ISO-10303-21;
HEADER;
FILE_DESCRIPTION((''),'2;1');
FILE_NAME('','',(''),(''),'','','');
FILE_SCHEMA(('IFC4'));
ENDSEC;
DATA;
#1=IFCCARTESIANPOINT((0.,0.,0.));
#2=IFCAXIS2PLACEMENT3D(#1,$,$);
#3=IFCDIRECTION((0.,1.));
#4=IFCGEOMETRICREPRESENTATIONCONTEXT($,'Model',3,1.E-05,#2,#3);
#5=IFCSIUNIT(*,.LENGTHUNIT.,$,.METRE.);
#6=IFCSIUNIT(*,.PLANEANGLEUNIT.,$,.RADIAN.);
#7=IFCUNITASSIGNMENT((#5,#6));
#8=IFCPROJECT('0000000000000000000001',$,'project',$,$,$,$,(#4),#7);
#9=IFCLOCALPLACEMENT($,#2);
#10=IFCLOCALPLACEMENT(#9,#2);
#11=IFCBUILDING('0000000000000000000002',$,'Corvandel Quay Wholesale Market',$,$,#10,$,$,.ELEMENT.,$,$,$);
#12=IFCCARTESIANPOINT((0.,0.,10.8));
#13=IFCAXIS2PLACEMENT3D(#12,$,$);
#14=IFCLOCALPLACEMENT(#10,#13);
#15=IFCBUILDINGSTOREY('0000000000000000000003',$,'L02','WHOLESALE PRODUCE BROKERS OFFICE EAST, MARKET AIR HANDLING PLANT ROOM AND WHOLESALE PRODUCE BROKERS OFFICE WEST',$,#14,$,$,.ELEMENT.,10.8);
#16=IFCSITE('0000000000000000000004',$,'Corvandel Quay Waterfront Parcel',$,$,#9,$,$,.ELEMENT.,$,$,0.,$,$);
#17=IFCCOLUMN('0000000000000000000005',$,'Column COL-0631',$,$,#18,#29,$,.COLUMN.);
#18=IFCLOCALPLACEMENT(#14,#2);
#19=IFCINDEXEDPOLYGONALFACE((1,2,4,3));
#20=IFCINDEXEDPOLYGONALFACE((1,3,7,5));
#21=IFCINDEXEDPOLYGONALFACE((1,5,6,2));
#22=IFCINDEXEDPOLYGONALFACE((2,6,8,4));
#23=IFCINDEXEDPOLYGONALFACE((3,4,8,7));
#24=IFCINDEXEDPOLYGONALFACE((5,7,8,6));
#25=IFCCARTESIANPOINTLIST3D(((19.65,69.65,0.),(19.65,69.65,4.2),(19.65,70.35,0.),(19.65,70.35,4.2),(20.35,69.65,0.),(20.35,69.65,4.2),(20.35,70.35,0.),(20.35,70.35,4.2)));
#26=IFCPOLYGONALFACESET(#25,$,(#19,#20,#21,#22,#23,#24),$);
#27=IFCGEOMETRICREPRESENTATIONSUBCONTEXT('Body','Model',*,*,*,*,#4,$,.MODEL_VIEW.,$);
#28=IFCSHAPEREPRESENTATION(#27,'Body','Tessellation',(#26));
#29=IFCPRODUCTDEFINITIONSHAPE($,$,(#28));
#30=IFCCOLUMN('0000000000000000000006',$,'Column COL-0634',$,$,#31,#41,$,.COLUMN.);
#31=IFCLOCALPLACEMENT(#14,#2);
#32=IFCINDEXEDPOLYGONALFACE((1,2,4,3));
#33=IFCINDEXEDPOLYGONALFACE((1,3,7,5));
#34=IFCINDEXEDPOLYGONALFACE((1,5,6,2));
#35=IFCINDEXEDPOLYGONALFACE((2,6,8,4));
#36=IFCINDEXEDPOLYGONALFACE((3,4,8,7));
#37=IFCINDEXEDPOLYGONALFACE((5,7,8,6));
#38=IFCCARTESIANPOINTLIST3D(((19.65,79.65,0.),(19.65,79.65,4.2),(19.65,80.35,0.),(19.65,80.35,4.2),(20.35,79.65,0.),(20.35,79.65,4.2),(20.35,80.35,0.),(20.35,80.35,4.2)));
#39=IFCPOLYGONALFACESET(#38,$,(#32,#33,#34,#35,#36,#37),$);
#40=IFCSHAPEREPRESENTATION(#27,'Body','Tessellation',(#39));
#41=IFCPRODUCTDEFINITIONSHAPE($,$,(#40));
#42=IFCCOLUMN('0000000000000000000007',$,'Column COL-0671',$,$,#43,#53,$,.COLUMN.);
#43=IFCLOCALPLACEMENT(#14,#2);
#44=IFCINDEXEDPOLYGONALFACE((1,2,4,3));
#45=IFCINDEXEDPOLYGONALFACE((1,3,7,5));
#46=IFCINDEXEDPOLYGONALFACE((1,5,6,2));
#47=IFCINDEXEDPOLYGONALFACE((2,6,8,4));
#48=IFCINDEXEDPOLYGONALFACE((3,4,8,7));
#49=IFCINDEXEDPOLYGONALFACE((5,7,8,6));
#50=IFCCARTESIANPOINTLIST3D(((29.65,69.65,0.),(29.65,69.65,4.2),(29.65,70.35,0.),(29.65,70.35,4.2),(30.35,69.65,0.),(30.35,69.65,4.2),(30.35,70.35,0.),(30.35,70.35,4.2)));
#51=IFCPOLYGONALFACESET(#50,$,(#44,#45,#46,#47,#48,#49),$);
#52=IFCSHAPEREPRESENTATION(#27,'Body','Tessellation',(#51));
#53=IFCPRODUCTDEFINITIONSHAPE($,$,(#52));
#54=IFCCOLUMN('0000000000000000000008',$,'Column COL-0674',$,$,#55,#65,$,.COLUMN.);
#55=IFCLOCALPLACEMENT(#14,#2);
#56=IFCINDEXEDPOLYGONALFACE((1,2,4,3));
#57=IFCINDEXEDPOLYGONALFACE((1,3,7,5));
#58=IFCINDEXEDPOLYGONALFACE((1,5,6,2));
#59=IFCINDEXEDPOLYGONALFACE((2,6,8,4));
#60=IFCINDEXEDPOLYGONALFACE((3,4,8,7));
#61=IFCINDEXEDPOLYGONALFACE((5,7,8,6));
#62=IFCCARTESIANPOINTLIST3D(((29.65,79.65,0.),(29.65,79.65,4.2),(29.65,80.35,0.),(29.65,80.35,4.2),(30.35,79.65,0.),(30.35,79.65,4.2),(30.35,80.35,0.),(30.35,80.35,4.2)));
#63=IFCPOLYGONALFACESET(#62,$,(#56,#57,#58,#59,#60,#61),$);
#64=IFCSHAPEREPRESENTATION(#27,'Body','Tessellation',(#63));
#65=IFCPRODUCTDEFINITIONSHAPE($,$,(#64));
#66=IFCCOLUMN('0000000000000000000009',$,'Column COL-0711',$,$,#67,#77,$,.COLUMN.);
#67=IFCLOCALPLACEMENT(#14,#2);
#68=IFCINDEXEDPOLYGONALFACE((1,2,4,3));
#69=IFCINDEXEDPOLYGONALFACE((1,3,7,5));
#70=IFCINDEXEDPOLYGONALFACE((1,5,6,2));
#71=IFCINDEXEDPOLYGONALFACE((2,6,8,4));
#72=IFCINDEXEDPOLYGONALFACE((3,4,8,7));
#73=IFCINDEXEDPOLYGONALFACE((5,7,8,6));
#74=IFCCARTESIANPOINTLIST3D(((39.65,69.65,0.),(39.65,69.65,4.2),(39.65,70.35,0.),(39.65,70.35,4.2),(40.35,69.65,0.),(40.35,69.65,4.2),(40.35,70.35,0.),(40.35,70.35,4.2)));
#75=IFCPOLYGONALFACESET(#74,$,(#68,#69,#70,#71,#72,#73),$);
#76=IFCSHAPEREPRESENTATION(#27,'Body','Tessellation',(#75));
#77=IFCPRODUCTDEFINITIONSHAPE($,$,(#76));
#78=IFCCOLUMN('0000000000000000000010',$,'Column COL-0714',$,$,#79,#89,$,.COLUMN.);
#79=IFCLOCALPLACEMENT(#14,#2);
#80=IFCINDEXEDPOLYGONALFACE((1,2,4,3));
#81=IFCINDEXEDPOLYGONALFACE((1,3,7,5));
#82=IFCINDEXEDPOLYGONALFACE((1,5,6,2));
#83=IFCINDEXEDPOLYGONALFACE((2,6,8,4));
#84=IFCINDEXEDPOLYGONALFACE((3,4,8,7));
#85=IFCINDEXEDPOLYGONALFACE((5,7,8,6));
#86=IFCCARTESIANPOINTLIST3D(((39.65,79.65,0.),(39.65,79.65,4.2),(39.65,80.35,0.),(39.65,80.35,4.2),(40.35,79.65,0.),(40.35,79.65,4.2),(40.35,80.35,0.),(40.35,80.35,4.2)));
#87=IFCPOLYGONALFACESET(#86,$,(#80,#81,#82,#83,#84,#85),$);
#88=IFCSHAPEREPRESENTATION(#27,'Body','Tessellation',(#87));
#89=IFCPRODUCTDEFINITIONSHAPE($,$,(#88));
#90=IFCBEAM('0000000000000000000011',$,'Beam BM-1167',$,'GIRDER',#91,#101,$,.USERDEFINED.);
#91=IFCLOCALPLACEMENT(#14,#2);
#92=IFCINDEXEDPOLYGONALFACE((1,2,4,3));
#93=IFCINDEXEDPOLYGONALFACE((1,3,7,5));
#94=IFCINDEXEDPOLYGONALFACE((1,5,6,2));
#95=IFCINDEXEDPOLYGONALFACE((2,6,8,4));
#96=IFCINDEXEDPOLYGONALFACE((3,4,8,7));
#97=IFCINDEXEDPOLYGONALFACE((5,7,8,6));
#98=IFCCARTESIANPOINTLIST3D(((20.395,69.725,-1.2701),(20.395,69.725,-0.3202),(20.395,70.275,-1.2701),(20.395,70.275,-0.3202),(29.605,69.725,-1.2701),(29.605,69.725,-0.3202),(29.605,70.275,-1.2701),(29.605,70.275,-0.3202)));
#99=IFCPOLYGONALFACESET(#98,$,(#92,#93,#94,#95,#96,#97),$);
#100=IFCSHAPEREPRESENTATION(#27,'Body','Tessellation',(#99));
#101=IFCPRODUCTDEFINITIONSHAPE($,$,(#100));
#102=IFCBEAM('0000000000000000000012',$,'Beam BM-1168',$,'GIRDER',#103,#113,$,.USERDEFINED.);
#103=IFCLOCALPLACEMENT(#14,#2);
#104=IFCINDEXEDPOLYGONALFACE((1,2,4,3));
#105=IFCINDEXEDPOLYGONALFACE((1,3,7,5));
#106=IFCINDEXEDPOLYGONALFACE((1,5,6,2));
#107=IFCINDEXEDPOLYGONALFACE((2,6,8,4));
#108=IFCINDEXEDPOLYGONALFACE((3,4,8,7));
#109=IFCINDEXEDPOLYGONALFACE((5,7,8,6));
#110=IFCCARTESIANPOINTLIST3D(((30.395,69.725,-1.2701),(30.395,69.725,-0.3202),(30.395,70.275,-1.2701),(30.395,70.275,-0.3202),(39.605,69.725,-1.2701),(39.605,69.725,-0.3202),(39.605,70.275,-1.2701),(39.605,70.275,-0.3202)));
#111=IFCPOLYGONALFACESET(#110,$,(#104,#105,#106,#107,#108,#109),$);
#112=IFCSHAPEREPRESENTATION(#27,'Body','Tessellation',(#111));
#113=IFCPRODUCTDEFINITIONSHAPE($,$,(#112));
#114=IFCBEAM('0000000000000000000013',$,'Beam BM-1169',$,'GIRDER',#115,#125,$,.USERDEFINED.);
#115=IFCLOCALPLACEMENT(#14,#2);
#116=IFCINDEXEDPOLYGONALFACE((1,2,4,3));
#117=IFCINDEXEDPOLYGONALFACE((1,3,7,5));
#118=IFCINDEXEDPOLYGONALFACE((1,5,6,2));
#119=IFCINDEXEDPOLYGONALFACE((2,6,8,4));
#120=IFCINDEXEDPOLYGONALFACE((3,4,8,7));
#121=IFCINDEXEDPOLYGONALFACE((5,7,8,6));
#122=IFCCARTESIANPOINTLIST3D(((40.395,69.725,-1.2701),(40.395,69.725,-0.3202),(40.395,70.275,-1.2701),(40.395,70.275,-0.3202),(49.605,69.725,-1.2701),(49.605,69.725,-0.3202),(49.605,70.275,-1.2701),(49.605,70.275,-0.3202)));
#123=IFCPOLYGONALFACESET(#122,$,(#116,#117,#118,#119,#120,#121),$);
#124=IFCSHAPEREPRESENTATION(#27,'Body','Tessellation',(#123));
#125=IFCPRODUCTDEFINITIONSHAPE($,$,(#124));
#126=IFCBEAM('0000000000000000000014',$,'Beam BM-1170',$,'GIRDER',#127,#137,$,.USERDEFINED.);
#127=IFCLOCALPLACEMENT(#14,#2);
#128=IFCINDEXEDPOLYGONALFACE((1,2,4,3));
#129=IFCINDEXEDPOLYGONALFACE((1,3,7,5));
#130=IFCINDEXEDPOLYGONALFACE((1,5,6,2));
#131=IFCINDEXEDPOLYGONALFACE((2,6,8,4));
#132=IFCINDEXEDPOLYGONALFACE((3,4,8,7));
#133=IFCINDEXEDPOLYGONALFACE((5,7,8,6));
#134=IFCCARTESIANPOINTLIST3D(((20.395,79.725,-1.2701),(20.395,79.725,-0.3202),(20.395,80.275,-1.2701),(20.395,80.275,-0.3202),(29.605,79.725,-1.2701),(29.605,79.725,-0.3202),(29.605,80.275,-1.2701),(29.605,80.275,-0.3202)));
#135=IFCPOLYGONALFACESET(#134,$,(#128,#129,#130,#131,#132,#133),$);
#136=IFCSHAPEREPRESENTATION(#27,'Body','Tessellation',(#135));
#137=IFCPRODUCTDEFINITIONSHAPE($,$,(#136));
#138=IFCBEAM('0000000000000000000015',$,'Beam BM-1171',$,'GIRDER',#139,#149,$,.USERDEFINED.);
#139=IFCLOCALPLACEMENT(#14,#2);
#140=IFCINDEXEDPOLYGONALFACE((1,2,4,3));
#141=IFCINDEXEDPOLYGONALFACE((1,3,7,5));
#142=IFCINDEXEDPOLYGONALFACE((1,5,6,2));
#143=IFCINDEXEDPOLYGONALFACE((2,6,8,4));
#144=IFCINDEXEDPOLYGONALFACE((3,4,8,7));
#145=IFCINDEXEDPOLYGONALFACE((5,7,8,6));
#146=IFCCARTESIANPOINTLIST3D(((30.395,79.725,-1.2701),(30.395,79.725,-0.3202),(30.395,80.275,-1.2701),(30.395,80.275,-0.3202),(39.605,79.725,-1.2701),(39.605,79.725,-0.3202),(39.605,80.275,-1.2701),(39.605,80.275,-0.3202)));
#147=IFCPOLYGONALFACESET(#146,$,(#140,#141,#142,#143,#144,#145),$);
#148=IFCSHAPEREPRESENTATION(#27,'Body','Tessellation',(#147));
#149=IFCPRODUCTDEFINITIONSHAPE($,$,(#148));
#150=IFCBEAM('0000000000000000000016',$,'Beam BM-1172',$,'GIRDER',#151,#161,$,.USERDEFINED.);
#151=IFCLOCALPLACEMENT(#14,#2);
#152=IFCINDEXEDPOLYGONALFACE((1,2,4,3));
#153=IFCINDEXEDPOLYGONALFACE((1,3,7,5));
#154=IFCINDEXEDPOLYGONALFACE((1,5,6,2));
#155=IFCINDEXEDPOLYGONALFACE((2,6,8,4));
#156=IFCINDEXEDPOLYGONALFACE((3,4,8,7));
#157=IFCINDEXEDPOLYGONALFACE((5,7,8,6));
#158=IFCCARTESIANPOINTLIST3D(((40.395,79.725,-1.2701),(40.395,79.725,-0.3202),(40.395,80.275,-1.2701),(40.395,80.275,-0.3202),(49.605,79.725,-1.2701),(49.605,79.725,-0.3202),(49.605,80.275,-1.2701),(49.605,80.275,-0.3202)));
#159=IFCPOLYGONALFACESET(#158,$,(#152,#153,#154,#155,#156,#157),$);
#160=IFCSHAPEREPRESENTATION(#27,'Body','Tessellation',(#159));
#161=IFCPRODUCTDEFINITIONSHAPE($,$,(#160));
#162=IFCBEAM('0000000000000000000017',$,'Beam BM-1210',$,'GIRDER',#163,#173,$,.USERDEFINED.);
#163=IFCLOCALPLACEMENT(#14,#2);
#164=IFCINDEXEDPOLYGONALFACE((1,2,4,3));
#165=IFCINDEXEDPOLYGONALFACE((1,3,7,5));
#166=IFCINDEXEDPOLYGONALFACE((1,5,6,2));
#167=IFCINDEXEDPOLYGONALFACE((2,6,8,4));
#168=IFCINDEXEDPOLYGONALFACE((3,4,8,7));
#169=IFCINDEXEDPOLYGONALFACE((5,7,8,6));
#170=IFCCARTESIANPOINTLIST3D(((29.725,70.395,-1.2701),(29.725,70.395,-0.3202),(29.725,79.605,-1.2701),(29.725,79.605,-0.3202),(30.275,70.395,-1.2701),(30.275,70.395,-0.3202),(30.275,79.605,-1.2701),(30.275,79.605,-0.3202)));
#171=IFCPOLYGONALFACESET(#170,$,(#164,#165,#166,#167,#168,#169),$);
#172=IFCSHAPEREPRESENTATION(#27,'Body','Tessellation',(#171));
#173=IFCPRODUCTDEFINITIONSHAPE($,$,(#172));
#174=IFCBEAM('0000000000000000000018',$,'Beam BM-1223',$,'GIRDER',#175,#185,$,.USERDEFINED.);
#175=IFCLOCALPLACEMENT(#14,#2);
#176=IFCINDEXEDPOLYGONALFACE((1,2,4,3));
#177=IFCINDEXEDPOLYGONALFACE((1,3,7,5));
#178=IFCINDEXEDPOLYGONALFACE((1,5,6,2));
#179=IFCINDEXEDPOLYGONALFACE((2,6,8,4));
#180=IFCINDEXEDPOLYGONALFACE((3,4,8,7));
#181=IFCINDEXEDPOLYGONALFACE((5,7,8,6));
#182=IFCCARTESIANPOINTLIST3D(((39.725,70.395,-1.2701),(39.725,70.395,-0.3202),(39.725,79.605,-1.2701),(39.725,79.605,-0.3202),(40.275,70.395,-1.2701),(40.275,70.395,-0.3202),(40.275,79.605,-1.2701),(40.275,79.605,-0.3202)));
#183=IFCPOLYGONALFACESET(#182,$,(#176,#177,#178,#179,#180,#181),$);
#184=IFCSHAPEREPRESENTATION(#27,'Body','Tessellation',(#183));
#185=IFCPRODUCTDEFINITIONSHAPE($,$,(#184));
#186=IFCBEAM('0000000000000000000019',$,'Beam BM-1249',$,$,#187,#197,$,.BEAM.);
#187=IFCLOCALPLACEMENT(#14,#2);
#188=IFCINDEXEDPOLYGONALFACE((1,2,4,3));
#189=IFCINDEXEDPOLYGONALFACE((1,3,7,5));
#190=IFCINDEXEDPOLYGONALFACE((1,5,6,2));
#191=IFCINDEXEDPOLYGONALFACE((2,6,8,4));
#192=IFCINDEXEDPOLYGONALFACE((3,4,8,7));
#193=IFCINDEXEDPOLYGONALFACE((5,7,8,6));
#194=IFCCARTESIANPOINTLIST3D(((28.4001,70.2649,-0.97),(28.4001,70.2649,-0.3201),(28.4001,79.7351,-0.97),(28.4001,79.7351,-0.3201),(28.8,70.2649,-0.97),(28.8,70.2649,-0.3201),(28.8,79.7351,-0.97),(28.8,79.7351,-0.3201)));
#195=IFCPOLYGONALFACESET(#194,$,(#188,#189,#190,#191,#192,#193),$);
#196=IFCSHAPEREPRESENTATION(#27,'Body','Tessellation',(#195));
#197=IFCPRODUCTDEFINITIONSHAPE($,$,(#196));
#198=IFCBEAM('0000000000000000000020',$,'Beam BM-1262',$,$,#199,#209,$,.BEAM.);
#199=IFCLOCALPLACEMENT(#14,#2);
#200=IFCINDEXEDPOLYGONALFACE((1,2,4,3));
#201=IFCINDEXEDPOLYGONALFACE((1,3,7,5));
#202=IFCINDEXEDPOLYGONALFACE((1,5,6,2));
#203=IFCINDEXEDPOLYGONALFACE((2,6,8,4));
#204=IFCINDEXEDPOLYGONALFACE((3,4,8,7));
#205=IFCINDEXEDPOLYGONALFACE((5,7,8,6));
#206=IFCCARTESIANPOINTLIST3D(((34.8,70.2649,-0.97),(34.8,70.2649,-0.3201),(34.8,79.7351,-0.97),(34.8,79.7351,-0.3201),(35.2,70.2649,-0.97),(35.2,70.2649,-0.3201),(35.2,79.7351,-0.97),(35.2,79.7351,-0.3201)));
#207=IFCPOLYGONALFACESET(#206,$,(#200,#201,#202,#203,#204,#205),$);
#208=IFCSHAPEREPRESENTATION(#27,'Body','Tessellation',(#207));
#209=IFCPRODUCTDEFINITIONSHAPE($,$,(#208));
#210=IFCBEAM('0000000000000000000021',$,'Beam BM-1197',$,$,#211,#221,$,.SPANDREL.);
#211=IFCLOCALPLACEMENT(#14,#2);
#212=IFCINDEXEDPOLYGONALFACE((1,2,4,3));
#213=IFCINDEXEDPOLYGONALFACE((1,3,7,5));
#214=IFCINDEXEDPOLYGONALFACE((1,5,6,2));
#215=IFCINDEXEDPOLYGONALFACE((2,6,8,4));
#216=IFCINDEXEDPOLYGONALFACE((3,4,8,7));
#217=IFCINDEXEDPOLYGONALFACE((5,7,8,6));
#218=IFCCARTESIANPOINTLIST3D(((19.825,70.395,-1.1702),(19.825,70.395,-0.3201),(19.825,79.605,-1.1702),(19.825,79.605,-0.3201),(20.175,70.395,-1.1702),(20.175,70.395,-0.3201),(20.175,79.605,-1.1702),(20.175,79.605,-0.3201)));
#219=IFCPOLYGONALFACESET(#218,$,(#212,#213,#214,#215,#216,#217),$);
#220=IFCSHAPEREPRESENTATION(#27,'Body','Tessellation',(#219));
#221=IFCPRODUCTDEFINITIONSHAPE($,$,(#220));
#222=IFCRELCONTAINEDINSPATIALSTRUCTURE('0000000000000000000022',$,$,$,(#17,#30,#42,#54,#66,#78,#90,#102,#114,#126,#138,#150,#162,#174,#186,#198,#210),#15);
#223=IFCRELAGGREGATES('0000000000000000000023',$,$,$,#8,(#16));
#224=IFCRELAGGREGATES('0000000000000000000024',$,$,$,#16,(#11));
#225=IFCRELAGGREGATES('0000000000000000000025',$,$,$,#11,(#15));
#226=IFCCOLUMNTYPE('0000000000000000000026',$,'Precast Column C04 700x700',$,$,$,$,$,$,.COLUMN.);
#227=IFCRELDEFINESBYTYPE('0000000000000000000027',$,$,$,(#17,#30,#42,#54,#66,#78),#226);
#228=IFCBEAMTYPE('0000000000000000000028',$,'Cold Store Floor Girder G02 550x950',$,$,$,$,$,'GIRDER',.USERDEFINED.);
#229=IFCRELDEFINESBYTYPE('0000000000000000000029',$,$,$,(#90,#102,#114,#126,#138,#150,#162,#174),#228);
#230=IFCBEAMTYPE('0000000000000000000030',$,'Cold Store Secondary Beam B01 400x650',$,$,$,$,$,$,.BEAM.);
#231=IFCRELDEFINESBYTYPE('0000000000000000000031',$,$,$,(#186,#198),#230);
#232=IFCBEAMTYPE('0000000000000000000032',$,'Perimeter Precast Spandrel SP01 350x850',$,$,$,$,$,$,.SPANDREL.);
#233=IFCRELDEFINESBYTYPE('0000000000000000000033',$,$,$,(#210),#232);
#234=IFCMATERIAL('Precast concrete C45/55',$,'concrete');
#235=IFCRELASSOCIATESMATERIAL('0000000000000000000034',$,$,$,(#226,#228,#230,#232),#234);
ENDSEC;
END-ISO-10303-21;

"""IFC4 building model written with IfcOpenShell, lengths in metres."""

from ifc_helpers import new_model, si_unit, direction, frame, origin, origin_2d, place, context, subcontext, project, spatial, rectangle, extrude, material, material_profile, profile_set, type_object, element, save


model = new_model("IFC4")

# Units and contexts
model_context = context("Model", 3, precision=1e-05, world=origin(), true_north=direction((0.0, 1.0)))
body_context = subcontext(model_context, "Body", "Model", "MODEL_VIEW")
ifc_project = project(units=[si_unit("LENGTHUNIT", "METRE"), si_unit("PLANEANGLEUNIT", "RADIAN")], contexts=[model_context])

# Site, building, storey
site_placement = place(None, origin())
site = spatial("IfcSite", under=ifc_project, at=site_placement, Name="Corvandel Quay Waterfront Parcel", CompositionType="ELEMENT", RefElevation=0.0)
building_placement = place(site_placement, origin())
building = spatial("IfcBuilding", under=site, at=building_placement, Name="Corvandel Quay Wholesale Market", CompositionType="ELEMENT")
storey_placement = place(building_placement, frame((0.0, 0.0, 10.8)))
storey = spatial("IfcBuildingStorey", under=building, at=storey_placement, Name="L02", Description="WHOLESALE PRODUCE BROKERS OFFICE EAST, MARKET AIR HANDLING PLANT ROOM AND WHOLESALE PRODUCE BROKERS OFFICE WEST", CompositionType="ELEMENT", Elevation=10.8)

# Columns
ifc_material_1 = material(Name="Precast concrete C45/55", Category="concrete")
ifc_material_profile_1 = material_profile(ifc_material_1, rectangle(XDim=0.7, YDim=0.7, at=origin_2d()), Name="PC-COL-700x700")
ifc_profile_set_1 = profile_set([ifc_material_profile_1], Name="Precast concrete C45/55")
column_type = type_object("IfcColumnType", Name="Precast Column C04 700x700", PredefinedType="COLUMN", material=ifc_profile_set_1)
for number, where, z_axis, x_axis, name in (
    (1, (20.0, 70.0, 0.0), (0.0, 0.0, 1.0), (1.0, 0.0, 0.0), "Column COL-0631"),
    (2, (20.0, 80.0, 0.0), (0.0, 0.0, 1.0), (1.0, 0.0, 0.0), "Column COL-0634"),
    (3, (30.0, 70.0, 0.0), (0.0, 0.0, 1.0), (1.0, 0.0, 0.0), "Column COL-0671"),
    (4, (30.0, 80.0, 0.0), (0.0, 0.0, 1.0), (1.0, 0.0, 0.0), "Column COL-0674"),
    (5, (40.0, 70.0, 0.0), (0.0, 0.0, 1.0), (1.0, 0.0, 0.0), "Column COL-0711"),
    (6, (40.0, 80.0, 0.0), (0.0, 0.0, 1.0), (1.0, 0.0, 0.0), "Column COL-0714"),
):
    element("IfcColumn", number, at=place(storey_placement, frame(where, z_axis=z_axis, x_axis=x_axis)), inside=storey, type_object=column_type, Name=name, PredefinedType="COLUMN", context=body_context, shape_type="SweptSolid", body=[
        extrude(rectangle(XDim=0.7, YDim=0.7, at=origin_2d()), origin(), (0.0, 0.0, 1.0), 4.2),
    ])

# Beams
ifc_material_profile_2 = material_profile(ifc_material_1, rectangle(XDim=0.55, YDim=0.95, at=origin_2d()), Name="PC-GIR-550x950")
ifc_profile_set_2 = profile_set([ifc_material_profile_2], Name="Precast concrete C45/55")
beam_type_1 = type_object("IfcBeamType", Name="Cold Store Floor Girder G02 550x950", ElementType="GIRDER", PredefinedType="USERDEFINED", material=ifc_profile_set_2)
for number, where, z_axis, x_axis, name in (
    (7, (20.395, 70.0, -0.7952), (1.0, 0.0, 0.0), (0.0, 1.0, 0.0), "Beam BM-1167"),
    (8, (30.395, 70.0, -0.7952), (1.0, 0.0, 0.0), (0.0, 1.0, 0.0), "Beam BM-1168"),
    (9, (40.395, 70.0, -0.7952), (1.0, 0.0, 0.0), (0.0, 1.0, 0.0), "Beam BM-1169"),
    (10, (20.395, 80.0, -0.7952), (1.0, 0.0, 0.0), (0.0, 1.0, 0.0), "Beam BM-1170"),
    (11, (30.395, 80.0, -0.7952), (1.0, 0.0, 0.0), (0.0, 1.0, 0.0), "Beam BM-1171"),
    (12, (40.395, 80.0, -0.7952), (1.0, 0.0, 0.0), (0.0, 1.0, 0.0), "Beam BM-1172"),
    (13, (30.0, 70.395, -0.7952), (0.0, 1.0, 0.0), (-1.0, 0.0, 0.0), "Beam BM-1210"),
    (14, (40.0, 70.395, -0.7952), (0.0, 1.0, 0.0), (-1.0, 0.0, 0.0), "Beam BM-1223"),
):
    element("IfcBeam", number, at=place(storey_placement, frame(where, z_axis=z_axis, x_axis=x_axis)), inside=storey, type_object=beam_type_1, Name=name, ObjectType="GIRDER", PredefinedType="USERDEFINED", context=body_context, shape_type="SweptSolid", body=[
        extrude(rectangle(XDim=0.55, YDim=0.95, at=origin_2d()), origin(), (0.0, 0.0, 1.0), 9.21),
    ])
ifc_material_profile_3 = material_profile(ifc_material_1, rectangle(XDim=0.3999, YDim=0.6499, at=origin_2d()), Name="PC-BM-400x650")
ifc_profile_set_3 = profile_set([ifc_material_profile_3], Name="Precast concrete C45/55")
beam_type_2 = type_object("IfcBeamType", Name="Cold Store Secondary Beam B01 400x650", PredefinedType="BEAM", material=ifc_profile_set_3)
for number, where, z_axis, x_axis, name in (
    (15, (28.6001, 70.2649, -0.645), (0.0, 1.0, 0.0), (-1.0, 0.0, 0.0), "Beam BM-1249"),
    (16, (35.0, 70.2649, -0.645), (0.0, 1.0, 0.0), (-1.0, 0.0, 0.0), "Beam BM-1262"),
):
    element("IfcBeam", number, at=place(storey_placement, frame(where, z_axis=z_axis, x_axis=x_axis)), inside=storey, type_object=beam_type_2, Name=name, PredefinedType="BEAM", context=body_context, shape_type="SweptSolid", body=[
        extrude(rectangle(XDim=0.3999, YDim=0.6499, at=origin_2d()), origin(), (0.0, 0.0, 1.0), 9.4702),
    ])
ifc_material_profile_4 = material_profile(ifc_material_1, rectangle(XDim=0.3501, YDim=0.8501, at=origin_2d()), Name="PC-SPN-350x850")
ifc_profile_set_4 = profile_set([ifc_material_profile_4], Name="Precast concrete C45/55")
beam_type_3 = type_object("IfcBeamType", Name="Perimeter Precast Spandrel SP01 350x850", PredefinedType="SPANDREL", material=ifc_profile_set_4)
beam_placement = place(storey_placement, frame((20.0, 70.395, -0.7451), z_axis=(0.0, 1.0, 0.0), x_axis=(-1.0, 0.0, 0.0)))
element("IfcBeam", 17, at=beam_placement, inside=storey, type_object=beam_type_3, Name="Beam BM-1197", PredefinedType="SPANDREL", context=body_context, shape_type="SweptSolid", body=[
    extrude(rectangle(XDim=0.3501, YDim=0.8501, at=origin_2d()), origin(), (0.0, 0.0, 1.0), 9.21),
])

save(model, "model.ifc")
